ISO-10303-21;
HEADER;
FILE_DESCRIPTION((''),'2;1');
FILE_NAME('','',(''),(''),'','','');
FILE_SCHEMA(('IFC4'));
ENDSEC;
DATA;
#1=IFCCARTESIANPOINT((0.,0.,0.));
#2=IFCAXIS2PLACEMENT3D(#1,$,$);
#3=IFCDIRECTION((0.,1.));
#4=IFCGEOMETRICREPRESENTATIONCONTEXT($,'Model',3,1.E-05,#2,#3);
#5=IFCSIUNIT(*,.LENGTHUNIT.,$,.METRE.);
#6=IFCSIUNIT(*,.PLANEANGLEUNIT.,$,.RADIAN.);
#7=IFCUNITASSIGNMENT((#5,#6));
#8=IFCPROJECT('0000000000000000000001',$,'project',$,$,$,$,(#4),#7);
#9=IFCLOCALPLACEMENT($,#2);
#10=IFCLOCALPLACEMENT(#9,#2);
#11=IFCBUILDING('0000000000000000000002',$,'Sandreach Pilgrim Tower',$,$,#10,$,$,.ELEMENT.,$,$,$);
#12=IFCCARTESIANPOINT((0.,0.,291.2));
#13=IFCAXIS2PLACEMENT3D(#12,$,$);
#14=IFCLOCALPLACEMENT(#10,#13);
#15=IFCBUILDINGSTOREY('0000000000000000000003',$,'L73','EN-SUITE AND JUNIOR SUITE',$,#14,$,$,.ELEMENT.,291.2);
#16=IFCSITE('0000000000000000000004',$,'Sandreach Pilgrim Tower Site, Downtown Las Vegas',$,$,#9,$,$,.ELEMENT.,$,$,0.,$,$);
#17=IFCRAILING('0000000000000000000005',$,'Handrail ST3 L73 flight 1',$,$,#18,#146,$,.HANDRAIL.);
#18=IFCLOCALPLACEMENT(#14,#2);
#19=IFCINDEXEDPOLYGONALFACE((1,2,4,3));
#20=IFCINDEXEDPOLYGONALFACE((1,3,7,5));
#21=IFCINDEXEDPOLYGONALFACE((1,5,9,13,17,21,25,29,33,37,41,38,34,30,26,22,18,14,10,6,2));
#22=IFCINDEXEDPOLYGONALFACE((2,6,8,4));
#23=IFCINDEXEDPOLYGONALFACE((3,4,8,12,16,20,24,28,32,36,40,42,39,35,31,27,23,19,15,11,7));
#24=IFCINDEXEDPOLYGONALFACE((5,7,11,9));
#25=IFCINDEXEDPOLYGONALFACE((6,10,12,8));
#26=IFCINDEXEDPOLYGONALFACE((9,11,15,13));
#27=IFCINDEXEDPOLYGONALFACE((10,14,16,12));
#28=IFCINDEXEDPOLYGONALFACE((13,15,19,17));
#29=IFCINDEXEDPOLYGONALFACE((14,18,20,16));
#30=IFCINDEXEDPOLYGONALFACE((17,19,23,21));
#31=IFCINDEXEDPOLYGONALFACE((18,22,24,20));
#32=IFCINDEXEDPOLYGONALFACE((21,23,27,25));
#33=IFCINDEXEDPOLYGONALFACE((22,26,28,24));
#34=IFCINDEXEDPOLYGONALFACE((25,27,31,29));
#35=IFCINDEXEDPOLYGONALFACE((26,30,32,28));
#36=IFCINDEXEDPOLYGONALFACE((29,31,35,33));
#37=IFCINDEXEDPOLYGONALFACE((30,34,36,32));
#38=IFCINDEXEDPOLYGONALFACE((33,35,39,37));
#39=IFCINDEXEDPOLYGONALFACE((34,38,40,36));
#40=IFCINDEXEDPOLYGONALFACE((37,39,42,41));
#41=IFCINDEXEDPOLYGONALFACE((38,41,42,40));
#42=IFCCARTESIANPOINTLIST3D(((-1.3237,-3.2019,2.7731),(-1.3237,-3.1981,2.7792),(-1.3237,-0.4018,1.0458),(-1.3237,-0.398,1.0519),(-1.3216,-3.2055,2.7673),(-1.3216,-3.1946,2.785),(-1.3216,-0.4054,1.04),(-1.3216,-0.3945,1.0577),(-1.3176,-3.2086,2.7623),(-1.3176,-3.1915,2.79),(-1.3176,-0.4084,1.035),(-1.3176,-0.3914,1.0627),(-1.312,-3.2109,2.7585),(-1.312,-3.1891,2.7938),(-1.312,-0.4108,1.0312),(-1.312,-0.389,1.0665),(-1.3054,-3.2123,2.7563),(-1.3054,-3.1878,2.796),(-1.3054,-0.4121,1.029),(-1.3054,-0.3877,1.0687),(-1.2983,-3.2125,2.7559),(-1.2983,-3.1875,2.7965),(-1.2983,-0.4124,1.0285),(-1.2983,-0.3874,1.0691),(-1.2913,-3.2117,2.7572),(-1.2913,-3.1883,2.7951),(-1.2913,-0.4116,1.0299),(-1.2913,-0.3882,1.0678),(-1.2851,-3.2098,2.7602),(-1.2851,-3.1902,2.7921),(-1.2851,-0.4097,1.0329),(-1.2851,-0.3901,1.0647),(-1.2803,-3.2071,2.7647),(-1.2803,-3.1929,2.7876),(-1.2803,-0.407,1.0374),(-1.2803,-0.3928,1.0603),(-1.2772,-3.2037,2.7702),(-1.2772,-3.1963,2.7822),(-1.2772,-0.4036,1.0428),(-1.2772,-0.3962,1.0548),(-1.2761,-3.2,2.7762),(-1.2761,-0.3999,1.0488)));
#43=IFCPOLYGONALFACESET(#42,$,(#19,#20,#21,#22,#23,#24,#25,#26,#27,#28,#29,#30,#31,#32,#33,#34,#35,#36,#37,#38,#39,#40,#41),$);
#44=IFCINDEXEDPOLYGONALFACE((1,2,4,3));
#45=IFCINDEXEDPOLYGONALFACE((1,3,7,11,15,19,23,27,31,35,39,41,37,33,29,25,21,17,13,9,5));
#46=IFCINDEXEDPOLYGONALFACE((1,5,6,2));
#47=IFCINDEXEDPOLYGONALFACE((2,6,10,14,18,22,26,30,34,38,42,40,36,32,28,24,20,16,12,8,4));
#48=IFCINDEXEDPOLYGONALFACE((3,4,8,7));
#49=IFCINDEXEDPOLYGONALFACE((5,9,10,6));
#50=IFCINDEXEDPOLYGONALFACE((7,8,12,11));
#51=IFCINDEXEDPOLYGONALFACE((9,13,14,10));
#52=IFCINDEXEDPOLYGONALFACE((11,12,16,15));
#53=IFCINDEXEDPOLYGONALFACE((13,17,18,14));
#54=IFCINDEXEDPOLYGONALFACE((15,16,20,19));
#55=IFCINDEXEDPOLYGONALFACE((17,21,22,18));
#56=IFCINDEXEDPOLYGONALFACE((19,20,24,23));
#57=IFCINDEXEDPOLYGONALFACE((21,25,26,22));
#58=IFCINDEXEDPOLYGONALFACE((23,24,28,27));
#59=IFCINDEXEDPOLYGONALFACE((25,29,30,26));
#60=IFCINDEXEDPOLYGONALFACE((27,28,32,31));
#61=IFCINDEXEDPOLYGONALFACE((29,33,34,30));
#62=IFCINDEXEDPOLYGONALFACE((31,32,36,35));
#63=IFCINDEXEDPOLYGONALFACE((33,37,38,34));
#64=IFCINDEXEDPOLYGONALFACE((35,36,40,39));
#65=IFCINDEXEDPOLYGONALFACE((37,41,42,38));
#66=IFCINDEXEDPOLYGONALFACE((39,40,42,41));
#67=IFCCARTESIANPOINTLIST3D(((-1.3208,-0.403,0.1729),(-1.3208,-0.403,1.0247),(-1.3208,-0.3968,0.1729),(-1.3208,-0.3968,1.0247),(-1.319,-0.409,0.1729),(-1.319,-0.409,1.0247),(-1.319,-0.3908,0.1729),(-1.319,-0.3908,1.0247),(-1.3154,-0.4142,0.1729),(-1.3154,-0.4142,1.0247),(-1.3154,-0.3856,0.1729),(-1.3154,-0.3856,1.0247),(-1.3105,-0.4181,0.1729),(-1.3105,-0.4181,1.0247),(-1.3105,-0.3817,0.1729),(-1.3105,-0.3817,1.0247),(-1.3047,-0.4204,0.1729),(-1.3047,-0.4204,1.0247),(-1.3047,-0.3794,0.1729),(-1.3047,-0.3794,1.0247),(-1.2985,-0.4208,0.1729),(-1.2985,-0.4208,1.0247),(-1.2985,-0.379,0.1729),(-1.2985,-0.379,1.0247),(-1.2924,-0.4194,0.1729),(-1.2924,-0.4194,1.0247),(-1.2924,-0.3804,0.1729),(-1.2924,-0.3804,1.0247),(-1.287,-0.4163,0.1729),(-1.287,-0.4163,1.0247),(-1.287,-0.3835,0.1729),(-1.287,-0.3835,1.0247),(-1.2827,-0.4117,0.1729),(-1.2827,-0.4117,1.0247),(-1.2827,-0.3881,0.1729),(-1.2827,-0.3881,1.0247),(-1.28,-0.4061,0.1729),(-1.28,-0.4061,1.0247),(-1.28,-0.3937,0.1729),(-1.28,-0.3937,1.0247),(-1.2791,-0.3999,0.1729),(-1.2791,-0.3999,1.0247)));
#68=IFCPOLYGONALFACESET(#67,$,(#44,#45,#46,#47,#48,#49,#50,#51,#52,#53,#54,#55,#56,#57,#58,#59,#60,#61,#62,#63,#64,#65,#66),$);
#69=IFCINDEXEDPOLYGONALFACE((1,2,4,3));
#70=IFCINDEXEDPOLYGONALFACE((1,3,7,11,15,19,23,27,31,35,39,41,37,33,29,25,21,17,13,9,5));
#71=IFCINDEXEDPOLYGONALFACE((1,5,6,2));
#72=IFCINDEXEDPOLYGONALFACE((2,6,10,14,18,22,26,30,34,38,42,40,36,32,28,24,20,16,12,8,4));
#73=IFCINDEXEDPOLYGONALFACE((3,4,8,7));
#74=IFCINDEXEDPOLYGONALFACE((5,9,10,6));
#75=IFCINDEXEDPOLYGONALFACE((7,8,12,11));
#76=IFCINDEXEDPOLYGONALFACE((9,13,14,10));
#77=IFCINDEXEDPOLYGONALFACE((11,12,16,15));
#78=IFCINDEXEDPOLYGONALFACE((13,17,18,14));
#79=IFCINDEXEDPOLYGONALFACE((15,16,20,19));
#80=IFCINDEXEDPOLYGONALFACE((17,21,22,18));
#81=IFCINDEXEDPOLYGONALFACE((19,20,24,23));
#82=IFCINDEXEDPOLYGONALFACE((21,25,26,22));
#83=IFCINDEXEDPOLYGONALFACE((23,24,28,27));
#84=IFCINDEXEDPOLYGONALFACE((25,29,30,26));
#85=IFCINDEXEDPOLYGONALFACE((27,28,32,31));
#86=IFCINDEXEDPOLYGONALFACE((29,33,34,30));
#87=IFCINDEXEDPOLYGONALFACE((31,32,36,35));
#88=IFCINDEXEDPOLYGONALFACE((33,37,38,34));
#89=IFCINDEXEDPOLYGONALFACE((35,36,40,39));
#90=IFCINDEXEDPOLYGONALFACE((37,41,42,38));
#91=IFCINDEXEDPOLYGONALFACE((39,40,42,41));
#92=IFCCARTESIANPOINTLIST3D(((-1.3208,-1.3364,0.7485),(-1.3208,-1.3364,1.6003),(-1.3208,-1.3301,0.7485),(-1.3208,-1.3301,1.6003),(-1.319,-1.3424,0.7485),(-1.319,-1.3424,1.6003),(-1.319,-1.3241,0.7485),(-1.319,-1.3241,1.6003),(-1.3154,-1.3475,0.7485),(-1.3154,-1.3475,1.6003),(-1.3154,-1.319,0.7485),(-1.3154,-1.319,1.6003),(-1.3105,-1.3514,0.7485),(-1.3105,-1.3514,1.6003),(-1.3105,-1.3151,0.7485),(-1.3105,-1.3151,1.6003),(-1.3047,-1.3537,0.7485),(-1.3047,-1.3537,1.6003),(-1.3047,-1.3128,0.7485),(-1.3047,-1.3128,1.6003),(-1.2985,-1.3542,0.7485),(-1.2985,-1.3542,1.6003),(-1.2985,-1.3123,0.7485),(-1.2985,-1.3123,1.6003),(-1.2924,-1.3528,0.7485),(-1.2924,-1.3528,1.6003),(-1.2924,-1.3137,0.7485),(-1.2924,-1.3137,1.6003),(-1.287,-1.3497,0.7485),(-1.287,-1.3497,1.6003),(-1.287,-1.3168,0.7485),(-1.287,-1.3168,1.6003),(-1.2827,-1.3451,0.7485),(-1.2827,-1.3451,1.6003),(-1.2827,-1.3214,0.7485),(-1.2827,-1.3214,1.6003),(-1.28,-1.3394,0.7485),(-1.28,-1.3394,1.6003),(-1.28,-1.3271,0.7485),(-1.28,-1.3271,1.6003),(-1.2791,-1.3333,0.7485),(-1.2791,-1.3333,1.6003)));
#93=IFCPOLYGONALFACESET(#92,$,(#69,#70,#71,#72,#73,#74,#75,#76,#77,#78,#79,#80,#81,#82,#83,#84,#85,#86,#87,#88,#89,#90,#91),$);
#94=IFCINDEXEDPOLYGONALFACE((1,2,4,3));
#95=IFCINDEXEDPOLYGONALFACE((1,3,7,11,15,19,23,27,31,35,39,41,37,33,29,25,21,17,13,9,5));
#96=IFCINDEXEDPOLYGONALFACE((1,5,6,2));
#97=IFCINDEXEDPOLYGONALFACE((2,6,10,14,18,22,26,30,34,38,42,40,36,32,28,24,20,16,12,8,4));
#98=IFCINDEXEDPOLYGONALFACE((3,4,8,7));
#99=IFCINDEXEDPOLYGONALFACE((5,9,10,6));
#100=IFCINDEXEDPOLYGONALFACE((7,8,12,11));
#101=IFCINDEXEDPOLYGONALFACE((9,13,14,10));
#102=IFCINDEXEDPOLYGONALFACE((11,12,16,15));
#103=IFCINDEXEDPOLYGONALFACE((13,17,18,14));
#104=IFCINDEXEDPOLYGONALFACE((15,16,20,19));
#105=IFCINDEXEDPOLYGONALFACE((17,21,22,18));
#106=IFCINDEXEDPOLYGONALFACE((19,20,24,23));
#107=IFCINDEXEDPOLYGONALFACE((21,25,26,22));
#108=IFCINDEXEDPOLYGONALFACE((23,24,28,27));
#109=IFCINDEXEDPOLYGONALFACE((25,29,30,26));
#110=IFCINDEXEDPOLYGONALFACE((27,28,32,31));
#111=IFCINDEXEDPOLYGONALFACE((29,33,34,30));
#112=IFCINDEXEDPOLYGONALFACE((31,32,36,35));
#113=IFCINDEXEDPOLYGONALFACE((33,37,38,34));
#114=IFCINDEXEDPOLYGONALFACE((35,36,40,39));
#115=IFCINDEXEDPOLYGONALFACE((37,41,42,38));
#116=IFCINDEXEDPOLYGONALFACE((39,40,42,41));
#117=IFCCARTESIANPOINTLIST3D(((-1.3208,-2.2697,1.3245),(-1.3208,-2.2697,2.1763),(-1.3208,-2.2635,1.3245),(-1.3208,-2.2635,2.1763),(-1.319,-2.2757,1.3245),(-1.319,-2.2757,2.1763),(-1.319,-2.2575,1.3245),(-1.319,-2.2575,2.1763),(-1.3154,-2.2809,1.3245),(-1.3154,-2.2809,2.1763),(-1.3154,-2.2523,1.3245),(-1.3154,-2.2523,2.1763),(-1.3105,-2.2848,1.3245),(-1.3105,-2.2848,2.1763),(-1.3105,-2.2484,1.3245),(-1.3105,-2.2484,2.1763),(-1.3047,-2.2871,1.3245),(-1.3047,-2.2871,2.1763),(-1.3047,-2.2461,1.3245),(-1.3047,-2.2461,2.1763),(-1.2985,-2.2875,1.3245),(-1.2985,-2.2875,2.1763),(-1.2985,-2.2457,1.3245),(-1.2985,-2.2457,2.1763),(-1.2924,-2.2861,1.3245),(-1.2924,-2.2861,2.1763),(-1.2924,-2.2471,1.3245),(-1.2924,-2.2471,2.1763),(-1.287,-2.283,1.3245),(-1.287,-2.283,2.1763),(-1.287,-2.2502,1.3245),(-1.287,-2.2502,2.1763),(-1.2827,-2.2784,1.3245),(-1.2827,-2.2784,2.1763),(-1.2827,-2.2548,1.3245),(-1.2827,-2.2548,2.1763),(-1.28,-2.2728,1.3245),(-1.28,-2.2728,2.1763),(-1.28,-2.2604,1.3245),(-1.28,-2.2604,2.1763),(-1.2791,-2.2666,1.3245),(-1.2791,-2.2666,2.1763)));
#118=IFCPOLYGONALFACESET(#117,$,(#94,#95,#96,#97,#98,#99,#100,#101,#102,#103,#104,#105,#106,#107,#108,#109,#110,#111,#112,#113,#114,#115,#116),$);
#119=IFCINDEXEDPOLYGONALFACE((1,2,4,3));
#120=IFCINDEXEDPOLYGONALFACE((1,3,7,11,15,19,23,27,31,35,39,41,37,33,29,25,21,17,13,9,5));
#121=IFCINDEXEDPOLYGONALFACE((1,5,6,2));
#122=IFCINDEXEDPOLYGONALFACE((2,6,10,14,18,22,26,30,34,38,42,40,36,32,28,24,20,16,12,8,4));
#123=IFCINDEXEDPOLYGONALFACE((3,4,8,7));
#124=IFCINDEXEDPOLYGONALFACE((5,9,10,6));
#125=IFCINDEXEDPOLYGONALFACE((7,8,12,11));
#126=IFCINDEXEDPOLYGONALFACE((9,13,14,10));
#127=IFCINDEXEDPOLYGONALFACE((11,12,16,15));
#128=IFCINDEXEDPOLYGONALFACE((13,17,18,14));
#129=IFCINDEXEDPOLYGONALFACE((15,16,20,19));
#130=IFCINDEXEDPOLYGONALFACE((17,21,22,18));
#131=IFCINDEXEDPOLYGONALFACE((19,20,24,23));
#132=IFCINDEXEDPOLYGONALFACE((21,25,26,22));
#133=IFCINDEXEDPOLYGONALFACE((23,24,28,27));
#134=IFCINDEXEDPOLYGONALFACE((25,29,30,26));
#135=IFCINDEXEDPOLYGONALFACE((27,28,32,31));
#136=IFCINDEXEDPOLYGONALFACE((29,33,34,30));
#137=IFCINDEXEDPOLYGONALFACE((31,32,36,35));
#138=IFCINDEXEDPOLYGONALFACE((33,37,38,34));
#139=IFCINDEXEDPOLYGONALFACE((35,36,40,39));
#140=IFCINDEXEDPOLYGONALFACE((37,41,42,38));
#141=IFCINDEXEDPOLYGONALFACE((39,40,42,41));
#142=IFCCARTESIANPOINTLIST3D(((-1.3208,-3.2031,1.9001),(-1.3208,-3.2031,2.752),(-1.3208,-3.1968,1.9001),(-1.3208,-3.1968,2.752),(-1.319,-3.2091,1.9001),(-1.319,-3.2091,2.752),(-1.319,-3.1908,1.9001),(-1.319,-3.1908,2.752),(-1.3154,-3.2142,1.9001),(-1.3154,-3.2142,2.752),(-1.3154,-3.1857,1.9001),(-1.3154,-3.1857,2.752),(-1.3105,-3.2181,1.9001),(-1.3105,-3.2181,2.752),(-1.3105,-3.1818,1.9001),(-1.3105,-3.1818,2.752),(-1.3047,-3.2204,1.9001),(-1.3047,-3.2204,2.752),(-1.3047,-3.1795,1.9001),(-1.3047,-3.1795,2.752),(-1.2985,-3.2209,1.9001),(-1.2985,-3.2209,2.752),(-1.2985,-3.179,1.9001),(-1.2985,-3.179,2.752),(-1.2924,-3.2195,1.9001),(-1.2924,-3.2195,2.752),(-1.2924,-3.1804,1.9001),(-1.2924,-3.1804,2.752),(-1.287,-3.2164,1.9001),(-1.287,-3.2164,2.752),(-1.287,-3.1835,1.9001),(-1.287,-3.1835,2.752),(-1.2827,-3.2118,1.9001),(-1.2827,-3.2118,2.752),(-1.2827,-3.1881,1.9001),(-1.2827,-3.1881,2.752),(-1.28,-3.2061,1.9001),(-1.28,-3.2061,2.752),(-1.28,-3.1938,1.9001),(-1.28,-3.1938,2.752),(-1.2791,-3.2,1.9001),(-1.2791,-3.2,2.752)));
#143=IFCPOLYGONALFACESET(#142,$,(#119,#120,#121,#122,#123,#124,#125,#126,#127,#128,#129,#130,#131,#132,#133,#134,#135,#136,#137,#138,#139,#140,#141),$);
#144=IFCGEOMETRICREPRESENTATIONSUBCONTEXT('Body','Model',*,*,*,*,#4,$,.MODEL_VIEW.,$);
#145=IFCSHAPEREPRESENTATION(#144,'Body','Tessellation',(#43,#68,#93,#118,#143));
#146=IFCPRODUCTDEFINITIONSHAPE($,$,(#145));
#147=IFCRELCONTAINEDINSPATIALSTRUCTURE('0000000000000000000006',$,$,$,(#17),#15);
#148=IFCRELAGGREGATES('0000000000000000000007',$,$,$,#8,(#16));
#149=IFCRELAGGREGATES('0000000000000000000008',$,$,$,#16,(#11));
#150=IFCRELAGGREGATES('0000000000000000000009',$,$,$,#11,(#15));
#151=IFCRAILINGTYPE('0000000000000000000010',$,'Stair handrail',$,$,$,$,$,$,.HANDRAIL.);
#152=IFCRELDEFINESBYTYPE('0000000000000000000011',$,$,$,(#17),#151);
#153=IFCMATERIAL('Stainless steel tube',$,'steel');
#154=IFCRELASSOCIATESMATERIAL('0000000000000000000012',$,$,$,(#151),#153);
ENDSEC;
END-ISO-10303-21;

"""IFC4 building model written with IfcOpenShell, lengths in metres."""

from ifc_helpers import new_model, si_unit, direction, frame, origin, origin_2d, place, context, subcontext, project, spatial, circle, extrude, material, type_object, element, save


model = new_model("IFC4")

# Units and contexts
model_context = context("Model", 3, precision=1e-05, world=origin(), true_north=direction((0.0, 1.0)))
body_context = subcontext(model_context, "Body", "Model", "MODEL_VIEW")
ifc_project = project(units=[si_unit("LENGTHUNIT", "METRE"), si_unit("PLANEANGLEUNIT", "RADIAN")], contexts=[model_context])

# Site, building, storey
site_placement = place(None, origin())
site = spatial("IfcSite", under=ifc_project, at=site_placement, Name="Sandreach Pilgrim Tower Site, Downtown Las Vegas", CompositionType="ELEMENT", RefElevation=0.0)
building_placement = place(site_placement, origin())
building = spatial("IfcBuilding", under=site, at=building_placement, Name="Sandreach Pilgrim Tower", CompositionType="ELEMENT")
storey_placement = place(building_placement, frame((0.0, 0.0, 291.2)))
storey = spatial("IfcBuildingStorey", under=building, at=storey_placement, Name="L73", Description="EN-SUITE AND JUNIOR SUITE", CompositionType="ELEMENT", Elevation=291.2)

# Railing
ifc_material_1 = material(Name="Stainless steel tube", Category="steel")
railing_type = type_object("IfcRailingType", Name="Stair handrail", PredefinedType="HANDRAIL", material=ifc_material_1)
for number, where, name in (
    (1, (-1.3, -0.3999, 0.1729), "Handrail ST3 L73 flight 1"),
):
    element("IfcRailing", number, at=place(storey_placement, frame(where)), inside=storey, type_object=railing_type, Name=name, PredefinedType="HANDRAIL", context=body_context, shape_type="SweptSolid", body=[
        extrude(circle(Radius=0.0239, at=origin_2d()), frame((0.0, 0.0, 0.876), z_axis=(0.0, -0.85109, 0.52502), x_axis=(1.0, 0.0, 0.0)), (0.0, 0.0, 1.0), 3.29),
        extrude(circle(Radius=0.021, at=origin_2d()), origin(), (0.0, 0.0, 1.0), 0.8518),
        extrude(circle(Radius=0.021, at=origin_2d()), frame((0.0, -0.9333, 0.5757)), (0.0, 0.0, 1.0), 0.8518),
        extrude(circle(Radius=0.021, at=origin_2d()), frame((0.0, -1.8667, 1.1516)), (0.0, 0.0, 1.0), 0.8518),
        extrude(circle(Radius=0.021, at=origin_2d()), frame((0.0, -2.8, 1.7273)), (0.0, 0.0, 1.0), 0.8518),
    ])

save(model, "model.ifc")
